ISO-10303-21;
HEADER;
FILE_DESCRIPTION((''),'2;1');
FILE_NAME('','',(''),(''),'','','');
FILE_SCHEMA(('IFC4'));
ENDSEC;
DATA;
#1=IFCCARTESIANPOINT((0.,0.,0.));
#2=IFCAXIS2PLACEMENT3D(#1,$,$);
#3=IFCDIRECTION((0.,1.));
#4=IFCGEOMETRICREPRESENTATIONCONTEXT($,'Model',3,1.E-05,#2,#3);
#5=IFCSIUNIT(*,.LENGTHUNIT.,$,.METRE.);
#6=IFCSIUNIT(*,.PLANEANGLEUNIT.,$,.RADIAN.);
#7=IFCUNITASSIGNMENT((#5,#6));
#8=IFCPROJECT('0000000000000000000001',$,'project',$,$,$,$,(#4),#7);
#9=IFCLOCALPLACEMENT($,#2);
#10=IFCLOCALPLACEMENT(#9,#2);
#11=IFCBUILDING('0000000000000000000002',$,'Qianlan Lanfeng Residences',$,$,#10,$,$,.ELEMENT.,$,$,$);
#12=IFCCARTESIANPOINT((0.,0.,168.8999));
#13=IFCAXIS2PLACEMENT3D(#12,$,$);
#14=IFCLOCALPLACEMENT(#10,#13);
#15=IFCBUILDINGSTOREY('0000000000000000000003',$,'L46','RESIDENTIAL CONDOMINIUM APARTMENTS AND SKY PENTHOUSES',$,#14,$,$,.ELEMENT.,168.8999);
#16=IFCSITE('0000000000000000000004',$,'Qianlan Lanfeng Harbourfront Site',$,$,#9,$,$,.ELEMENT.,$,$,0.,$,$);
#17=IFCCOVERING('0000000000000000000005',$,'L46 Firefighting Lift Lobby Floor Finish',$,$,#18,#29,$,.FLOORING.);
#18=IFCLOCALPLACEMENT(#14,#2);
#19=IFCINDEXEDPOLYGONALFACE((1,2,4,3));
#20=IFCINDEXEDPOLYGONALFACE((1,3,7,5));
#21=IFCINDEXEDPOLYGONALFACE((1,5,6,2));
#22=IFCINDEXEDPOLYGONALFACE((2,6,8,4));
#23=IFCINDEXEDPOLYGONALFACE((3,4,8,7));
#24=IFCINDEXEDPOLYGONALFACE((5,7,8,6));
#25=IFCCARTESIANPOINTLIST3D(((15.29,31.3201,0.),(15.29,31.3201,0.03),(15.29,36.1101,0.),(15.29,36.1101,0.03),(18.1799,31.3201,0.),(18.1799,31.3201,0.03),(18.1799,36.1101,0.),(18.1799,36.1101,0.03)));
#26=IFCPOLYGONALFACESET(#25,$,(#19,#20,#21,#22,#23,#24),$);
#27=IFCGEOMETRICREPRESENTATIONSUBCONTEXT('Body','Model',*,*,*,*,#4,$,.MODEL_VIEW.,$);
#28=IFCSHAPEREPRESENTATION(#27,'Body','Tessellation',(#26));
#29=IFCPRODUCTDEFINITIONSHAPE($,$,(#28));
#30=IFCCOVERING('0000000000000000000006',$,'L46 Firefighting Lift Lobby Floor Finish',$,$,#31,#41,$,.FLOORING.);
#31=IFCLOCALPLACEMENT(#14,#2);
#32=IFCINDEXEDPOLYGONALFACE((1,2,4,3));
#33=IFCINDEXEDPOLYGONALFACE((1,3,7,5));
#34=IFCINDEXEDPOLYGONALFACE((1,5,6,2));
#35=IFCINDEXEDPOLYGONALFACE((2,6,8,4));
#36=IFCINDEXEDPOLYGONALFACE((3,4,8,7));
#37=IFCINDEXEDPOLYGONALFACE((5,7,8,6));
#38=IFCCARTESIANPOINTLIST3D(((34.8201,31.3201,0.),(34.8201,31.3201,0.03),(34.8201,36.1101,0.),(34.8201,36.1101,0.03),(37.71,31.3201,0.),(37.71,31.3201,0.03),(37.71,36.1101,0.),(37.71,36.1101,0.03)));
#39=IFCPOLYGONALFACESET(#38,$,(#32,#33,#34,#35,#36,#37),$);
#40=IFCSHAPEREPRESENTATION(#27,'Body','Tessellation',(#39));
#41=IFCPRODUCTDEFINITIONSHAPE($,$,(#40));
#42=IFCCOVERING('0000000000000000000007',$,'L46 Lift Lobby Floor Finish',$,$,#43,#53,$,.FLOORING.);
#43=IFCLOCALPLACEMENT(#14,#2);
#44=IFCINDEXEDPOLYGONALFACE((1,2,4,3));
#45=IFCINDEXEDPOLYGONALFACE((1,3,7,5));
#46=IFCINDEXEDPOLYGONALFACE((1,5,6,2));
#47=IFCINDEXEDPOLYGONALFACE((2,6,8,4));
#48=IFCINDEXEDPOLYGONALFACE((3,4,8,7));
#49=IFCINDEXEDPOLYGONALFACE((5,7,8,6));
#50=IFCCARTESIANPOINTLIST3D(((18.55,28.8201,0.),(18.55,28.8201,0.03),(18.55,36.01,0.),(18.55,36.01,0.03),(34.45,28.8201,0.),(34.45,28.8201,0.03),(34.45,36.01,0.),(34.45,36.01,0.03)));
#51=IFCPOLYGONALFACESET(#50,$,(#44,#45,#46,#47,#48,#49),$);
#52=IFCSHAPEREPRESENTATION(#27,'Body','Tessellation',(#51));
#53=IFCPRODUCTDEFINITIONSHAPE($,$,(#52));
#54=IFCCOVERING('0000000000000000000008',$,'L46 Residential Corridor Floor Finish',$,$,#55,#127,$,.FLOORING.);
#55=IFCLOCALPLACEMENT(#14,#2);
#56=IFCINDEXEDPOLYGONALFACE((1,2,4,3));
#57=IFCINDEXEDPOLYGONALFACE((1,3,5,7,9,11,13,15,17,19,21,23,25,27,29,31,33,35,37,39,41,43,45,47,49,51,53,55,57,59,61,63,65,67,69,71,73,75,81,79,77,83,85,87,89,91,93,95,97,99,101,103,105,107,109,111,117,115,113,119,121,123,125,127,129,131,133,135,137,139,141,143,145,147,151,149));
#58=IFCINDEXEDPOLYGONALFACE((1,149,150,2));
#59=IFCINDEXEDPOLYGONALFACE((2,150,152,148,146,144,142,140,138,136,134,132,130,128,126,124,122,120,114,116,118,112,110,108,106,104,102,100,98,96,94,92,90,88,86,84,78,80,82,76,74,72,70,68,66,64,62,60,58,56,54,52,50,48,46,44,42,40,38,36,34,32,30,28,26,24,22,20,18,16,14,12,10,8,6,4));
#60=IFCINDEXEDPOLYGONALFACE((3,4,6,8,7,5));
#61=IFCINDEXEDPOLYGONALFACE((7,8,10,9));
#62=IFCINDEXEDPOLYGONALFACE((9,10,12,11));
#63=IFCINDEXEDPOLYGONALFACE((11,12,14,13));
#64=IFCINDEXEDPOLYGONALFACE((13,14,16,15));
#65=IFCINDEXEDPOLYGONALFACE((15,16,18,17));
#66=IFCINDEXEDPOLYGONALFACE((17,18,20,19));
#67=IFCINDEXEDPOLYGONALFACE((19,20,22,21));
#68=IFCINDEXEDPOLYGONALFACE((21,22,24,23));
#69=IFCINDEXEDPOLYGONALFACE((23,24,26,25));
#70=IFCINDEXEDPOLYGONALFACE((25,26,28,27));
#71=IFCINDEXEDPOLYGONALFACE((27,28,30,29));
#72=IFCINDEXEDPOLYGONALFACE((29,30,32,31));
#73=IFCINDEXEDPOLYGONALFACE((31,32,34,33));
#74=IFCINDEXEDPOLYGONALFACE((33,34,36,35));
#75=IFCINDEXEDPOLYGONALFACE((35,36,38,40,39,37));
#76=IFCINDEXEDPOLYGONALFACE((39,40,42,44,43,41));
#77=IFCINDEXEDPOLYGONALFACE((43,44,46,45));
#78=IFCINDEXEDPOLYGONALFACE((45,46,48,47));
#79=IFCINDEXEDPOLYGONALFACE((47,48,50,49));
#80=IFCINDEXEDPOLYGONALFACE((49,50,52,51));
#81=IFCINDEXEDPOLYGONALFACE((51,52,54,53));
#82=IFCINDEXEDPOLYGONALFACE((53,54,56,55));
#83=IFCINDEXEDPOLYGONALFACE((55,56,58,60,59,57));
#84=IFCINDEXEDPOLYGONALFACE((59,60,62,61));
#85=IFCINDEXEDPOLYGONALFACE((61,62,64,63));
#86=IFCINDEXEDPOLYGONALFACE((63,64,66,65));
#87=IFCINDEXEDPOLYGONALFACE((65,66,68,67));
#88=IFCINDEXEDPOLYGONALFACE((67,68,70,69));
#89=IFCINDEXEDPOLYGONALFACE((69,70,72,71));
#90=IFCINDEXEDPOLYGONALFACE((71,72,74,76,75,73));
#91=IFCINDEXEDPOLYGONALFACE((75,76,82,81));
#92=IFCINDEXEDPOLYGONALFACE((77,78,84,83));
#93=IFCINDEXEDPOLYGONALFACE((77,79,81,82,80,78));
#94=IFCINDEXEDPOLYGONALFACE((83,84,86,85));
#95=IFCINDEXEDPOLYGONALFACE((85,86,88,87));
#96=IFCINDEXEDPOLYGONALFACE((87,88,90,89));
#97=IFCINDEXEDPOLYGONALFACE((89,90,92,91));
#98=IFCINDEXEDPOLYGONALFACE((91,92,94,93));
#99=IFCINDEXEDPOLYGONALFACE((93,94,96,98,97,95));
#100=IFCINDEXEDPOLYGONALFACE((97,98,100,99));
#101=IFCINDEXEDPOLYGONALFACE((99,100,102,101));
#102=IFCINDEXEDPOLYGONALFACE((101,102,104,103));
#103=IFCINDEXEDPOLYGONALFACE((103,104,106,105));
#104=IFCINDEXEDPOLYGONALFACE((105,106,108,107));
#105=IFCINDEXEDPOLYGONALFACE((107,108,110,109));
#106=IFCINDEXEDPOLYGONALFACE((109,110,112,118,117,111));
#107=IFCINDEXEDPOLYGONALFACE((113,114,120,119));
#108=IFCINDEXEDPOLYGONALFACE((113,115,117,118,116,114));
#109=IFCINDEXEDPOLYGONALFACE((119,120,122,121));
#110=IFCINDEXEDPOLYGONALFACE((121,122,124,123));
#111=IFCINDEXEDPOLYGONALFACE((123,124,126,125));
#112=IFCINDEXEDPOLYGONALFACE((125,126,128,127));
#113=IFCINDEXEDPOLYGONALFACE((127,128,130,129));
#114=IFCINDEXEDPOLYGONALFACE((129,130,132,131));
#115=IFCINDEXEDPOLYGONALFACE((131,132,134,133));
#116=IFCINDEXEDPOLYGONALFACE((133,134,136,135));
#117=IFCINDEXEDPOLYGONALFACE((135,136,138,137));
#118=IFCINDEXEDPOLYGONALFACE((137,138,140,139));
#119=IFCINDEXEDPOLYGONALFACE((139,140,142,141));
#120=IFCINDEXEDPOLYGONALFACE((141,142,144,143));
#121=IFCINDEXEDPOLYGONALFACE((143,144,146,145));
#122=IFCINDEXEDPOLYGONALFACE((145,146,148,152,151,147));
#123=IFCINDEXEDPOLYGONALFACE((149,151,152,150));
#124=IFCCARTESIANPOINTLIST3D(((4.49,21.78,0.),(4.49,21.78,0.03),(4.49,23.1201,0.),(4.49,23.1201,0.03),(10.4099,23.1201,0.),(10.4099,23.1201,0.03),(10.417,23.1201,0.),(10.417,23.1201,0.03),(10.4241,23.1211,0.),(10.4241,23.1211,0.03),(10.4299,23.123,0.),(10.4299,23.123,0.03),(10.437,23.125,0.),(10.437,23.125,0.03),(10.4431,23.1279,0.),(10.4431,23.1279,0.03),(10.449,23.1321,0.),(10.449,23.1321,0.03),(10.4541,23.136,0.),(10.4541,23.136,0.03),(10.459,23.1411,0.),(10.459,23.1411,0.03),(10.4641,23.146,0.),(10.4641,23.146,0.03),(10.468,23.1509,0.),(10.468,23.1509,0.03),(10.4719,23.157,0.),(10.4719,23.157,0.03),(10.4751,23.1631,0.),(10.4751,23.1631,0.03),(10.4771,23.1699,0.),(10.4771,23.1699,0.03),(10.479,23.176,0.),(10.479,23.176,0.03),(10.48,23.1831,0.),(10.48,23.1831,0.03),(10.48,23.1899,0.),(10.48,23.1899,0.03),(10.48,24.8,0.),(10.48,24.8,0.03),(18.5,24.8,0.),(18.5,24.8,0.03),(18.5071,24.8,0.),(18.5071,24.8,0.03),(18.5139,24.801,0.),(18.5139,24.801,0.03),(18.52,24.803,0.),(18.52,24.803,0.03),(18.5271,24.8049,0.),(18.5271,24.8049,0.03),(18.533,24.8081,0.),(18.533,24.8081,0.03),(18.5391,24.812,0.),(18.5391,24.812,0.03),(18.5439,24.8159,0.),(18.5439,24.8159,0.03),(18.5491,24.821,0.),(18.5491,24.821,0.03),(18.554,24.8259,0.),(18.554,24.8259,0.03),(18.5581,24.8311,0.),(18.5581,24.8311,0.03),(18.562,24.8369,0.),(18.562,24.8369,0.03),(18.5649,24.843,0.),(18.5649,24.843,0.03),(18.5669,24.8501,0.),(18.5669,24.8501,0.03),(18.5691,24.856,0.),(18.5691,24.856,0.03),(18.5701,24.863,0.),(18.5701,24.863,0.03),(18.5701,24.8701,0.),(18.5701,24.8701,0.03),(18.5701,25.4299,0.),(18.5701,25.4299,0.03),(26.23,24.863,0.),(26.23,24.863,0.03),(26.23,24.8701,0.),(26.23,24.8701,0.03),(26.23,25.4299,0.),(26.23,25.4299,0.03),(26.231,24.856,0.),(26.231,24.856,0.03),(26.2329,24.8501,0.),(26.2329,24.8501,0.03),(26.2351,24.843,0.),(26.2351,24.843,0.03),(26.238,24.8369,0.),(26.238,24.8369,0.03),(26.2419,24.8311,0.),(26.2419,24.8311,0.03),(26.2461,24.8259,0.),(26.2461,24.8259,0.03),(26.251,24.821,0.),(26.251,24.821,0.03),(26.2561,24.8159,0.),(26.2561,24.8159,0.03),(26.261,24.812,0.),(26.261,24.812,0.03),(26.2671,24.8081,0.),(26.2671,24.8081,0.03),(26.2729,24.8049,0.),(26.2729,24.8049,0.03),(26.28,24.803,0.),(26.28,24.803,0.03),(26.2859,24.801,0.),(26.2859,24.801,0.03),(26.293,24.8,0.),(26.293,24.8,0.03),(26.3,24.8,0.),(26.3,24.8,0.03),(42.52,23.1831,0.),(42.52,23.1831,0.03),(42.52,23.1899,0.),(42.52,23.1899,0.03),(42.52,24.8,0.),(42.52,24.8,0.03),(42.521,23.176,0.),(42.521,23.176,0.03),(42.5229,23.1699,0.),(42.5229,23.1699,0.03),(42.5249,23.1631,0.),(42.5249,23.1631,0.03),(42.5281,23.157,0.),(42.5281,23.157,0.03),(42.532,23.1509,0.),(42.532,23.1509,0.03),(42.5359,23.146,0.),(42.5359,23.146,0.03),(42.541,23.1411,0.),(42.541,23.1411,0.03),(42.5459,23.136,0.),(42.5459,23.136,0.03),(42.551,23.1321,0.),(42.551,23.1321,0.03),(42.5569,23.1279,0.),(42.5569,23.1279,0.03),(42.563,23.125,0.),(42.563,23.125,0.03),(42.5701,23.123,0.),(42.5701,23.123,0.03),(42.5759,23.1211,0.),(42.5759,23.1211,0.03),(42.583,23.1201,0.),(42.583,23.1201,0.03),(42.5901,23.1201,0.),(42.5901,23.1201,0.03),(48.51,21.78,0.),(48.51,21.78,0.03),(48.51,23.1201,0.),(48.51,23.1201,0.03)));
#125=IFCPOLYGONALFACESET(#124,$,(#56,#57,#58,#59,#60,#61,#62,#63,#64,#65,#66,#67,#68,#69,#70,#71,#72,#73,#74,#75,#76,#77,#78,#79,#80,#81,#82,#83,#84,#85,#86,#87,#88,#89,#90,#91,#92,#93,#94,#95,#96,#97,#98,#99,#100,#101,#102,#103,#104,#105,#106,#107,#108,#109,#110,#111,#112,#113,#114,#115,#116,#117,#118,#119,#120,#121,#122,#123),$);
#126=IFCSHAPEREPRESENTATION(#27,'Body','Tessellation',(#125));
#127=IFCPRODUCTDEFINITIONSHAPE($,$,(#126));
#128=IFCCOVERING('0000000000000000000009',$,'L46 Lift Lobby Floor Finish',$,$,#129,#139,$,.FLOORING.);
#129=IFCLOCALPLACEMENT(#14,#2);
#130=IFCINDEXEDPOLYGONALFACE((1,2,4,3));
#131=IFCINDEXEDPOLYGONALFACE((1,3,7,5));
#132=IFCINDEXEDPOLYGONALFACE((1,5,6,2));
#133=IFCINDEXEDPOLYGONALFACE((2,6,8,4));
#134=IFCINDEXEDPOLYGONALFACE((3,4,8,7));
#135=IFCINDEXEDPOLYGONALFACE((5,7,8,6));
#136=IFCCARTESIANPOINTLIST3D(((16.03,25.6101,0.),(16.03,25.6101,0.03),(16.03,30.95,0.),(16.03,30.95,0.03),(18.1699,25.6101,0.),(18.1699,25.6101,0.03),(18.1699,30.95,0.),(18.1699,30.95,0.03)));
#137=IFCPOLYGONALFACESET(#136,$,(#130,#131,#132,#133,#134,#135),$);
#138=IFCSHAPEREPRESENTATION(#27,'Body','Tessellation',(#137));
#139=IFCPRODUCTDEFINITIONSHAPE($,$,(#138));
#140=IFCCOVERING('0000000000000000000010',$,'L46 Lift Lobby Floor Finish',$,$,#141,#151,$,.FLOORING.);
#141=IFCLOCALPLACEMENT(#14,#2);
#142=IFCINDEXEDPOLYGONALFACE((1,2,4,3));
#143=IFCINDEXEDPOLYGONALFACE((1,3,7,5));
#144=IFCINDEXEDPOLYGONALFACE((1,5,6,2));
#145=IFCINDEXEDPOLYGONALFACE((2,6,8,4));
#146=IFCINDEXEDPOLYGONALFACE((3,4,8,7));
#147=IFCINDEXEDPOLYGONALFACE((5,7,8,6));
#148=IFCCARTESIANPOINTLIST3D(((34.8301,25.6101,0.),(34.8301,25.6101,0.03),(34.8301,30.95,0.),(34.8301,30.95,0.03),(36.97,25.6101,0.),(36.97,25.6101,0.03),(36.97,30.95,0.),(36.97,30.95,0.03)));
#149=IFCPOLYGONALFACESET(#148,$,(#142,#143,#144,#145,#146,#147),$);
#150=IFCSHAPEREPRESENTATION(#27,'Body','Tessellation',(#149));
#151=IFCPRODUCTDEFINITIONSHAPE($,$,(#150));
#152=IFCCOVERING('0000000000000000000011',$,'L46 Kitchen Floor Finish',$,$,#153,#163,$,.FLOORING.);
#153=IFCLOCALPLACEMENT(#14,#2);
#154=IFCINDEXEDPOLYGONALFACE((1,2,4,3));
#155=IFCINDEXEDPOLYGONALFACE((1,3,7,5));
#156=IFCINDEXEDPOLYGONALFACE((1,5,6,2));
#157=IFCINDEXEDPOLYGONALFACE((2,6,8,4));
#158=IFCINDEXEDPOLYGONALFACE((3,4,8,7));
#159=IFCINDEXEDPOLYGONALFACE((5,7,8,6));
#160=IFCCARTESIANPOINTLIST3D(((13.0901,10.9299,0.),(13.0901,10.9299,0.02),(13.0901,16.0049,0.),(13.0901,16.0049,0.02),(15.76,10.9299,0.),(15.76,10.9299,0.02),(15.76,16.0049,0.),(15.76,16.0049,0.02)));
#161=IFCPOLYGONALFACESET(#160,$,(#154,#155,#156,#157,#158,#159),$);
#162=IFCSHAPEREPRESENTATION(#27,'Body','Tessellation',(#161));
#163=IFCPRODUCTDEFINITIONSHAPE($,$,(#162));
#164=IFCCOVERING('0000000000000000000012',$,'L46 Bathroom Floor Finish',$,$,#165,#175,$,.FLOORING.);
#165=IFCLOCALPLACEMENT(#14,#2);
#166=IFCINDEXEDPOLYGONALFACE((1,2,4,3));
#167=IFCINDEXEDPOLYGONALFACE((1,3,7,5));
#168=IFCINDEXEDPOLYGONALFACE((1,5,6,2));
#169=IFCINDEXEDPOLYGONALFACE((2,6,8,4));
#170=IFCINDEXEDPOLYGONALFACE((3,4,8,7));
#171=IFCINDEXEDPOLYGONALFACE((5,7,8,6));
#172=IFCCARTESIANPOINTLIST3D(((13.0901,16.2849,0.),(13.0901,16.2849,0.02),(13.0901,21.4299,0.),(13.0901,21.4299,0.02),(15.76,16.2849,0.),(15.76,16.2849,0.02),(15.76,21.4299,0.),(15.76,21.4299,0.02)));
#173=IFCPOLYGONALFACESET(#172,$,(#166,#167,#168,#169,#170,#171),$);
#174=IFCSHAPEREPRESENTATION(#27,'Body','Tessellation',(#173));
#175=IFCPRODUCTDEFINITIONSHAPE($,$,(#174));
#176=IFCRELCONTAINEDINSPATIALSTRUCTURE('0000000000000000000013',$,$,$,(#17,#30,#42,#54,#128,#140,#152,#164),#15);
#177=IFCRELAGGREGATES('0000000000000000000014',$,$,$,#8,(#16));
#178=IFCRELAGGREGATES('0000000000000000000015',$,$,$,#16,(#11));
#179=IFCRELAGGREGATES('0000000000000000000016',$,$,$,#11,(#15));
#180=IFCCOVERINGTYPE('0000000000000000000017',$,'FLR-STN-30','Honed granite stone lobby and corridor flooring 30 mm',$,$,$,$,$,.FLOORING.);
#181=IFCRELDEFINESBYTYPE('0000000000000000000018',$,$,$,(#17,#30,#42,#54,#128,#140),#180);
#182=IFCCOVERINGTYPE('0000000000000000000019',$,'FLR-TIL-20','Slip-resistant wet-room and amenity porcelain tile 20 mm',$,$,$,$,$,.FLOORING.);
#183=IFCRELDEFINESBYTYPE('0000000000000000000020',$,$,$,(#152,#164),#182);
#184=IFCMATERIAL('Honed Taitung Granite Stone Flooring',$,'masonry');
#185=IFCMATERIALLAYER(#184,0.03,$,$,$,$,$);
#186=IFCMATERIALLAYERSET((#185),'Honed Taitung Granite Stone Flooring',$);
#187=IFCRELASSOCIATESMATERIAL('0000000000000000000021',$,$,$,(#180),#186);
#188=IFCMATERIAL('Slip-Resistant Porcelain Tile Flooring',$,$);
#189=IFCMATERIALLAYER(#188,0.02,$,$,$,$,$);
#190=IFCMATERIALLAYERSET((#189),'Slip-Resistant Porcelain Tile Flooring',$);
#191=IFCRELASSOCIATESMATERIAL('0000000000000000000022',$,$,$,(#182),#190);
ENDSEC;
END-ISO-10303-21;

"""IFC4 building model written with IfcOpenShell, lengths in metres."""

from ifc_helpers import new_model, si_unit, direction, frame, origin, place, context, subcontext, project, spatial, polyline, outline, extrude, material, layer, layer_set, type_object, element, save


model = new_model("IFC4")

# Units and contexts
model_context = context("Model", 3, precision=1e-05, world=origin(), true_north=direction((0.0, 1.0)))
body_context = subcontext(model_context, "Body", "Model", "MODEL_VIEW")
ifc_project = project(units=[si_unit("LENGTHUNIT", "METRE"), si_unit("PLANEANGLEUNIT", "RADIAN")], contexts=[model_context])

# Site, building, storey
site_placement = place(None, origin())
site = spatial("IfcSite", under=ifc_project, at=site_placement, Name="Qianlan Lanfeng Harbourfront Site", CompositionType="ELEMENT", RefElevation=0.0)
building_placement = place(site_placement, origin())
building = spatial("IfcBuilding", under=site, at=building_placement, Name="Qianlan Lanfeng Residences", CompositionType="ELEMENT")
storey_placement = place(building_placement, frame((0.0, 0.0, 168.8999)))
storey = spatial("IfcBuildingStorey", under=building, at=storey_placement, Name="L46", Description="RESIDENTIAL CONDOMINIUM APARTMENTS AND SKY PENTHOUSES", CompositionType="ELEMENT", Elevation=168.8999)

# Coverings
ifc_material_1 = material(Name="Honed Taitung Granite Stone Flooring", Category="masonry")
ifc_layer_1 = layer(ifc_material_1, 0.03)
ifc_layer_set_1 = layer_set([ifc_layer_1], Name="Honed Taitung Granite Stone Flooring")
covering_type_1 = type_object("IfcCoveringType", Name="FLR-STN-30", Description="Honed granite stone lobby and corridor flooring 30 mm", PredefinedType="FLOORING", material=ifc_layer_set_1)
covering_1_placement = place(storey_placement, origin())
element("IfcCovering", 1, at=covering_1_placement, inside=storey, type_object=covering_type_1, Name="L46 Firefighting Lift Lobby Floor Finish", PredefinedType="FLOORING", context=body_context, shape_type="SweptSolid", body=[
    extrude(outline(polyline([(15.29, 31.3201), (18.1799, 31.3201), (18.1799, 36.1101), (15.29, 36.1101), (15.29, 31.3201)])), origin(), (0.0, 0.0, 1.0), 0.03),
])
covering_2_placement = place(storey_placement, origin())
element("IfcCovering", 2, at=covering_2_placement, inside=storey, type_object=covering_type_1, Name="L46 Firefighting Lift Lobby Floor Finish", PredefinedType="FLOORING", context=body_context, shape_type="SweptSolid", body=[
    extrude(outline(polyline([(34.8201, 31.3201), (37.71, 31.3201), (37.71, 36.1101), (34.8201, 36.1101), (34.8201, 31.3201)])), origin(), (0.0, 0.0, 1.0), 0.03),
])
covering_3_placement = place(storey_placement, origin())
element("IfcCovering", 3, at=covering_3_placement, inside=storey, type_object=covering_type_1, Name="L46 Lift Lobby Floor Finish", PredefinedType="FLOORING", context=body_context, shape_type="SweptSolid", body=[
    extrude(outline(polyline([(18.55, 28.8201), (34.45, 28.8201), (34.45, 36.01), (18.55, 36.01), (18.55, 28.8201)])), origin(), (0.0, 0.0, 1.0), 0.03),
])
covering_4_placement = place(storey_placement, origin())
element("IfcCovering", 4, at=covering_4_placement, inside=storey, type_object=covering_type_1, Name="L46 Residential Corridor Floor Finish", PredefinedType="FLOORING", context=body_context, shape_type="SweptSolid", body=[
    extrude(outline(polyline([(4.49, 21.78), (48.51, 21.78), (48.51, 23.1201), (42.5901, 23.1201), (42.583, 23.1201), (42.5759, 23.1211), (42.5701, 23.123), (42.563, 23.125), (42.5569, 23.1279), (42.551, 23.1321), (42.5459, 23.136), (42.541, 23.1411), (42.5359, 23.146), (42.532, 23.1509), (42.5281, 23.157), (42.5249, 23.1631), (42.5229, 23.1699), (42.521, 23.176), (42.52, 23.1831), (42.52, 23.1899), (42.52, 24.8), (26.3, 24.8), (26.293, 24.8), (26.2859, 24.801), (26.28, 24.803), (26.2729, 24.8049), (26.2671, 24.8081), (26.261, 24.812), (26.2561, 24.8159), (26.251, 24.821), (26.2461, 24.8259), (26.2419, 24.8311), (26.238, 24.8369), (26.2351, 24.843), (26.2329, 24.8501), (26.231, 24.856), (26.23, 24.863), (26.23, 24.8701), (26.23, 25.4299), (18.5701, 25.4299), (18.5701, 24.8701), (18.5701, 24.863), (18.5691, 24.856), (18.5669, 24.8501), (18.5649, 24.843), (18.562, 24.8369), (18.5581, 24.8311), (18.554, 24.8259), (18.5491, 24.821), (18.5439, 24.8159), (18.5391, 24.812), (18.533, 24.8081), (18.5271, 24.8049), (18.52, 24.803), (18.5139, 24.801), (18.5071, 24.8), (18.5, 24.8), (10.48, 24.8), (10.48, 23.1899), (10.48, 23.1831), (10.479, 23.176), (10.4771, 23.1699), (10.4751, 23.1631), (10.4719, 23.157), (10.468, 23.1509), (10.4641, 23.146), (10.459, 23.1411), (10.4541, 23.136), (10.449, 23.1321), (10.4431, 23.1279), (10.437, 23.125), (10.4299, 23.123), (10.4241, 23.1211), (10.417, 23.1201), (10.4099, 23.1201), (4.49, 23.1201), (4.49, 21.78)])), origin(), (0.0, 0.0, 1.0), 0.03),
])
covering_5_placement = place(storey_placement, origin())
element("IfcCovering", 5, at=covering_5_placement, inside=storey, type_object=covering_type_1, Name="L46 Lift Lobby Floor Finish", PredefinedType="FLOORING", context=body_context, shape_type="SweptSolid", body=[
    extrude(outline(polyline([(16.03, 25.6101), (18.1699, 25.6101), (18.1699, 30.95), (16.03, 30.95), (16.03, 25.6101)])), origin(), (0.0, 0.0, 1.0), 0.03),
])
covering_6_placement = place(storey_placement, origin())
element("IfcCovering", 6, at=covering_6_placement, inside=storey, type_object=covering_type_1, Name="L46 Lift Lobby Floor Finish", PredefinedType="FLOORING", context=body_context, shape_type="SweptSolid", body=[
    extrude(outline(polyline([(34.8301, 25.6101), (36.97, 25.6101), (36.97, 30.95), (34.8301, 30.95), (34.8301, 25.6101)])), origin(), (0.0, 0.0, 1.0), 0.03),
])
ifc_material_2 = material(Name="Slip-Resistant Porcelain Tile Flooring")
ifc_layer_2 = layer(ifc_material_2, 0.02)
ifc_layer_set_2 = layer_set([ifc_layer_2], Name="Slip-Resistant Porcelain Tile Flooring")
covering_type_2 = type_object("IfcCoveringType", Name="FLR-TIL-20", Description="Slip-resistant wet-room and amenity porcelain tile 20 mm", PredefinedType="FLOORING", material=ifc_layer_set_2)
covering_7_placement = place(storey_placement, origin())
element("IfcCovering", 7, at=covering_7_placement, inside=storey, type_object=covering_type_2, Name="L46 Kitchen Floor Finish", PredefinedType="FLOORING", context=body_context, shape_type="SweptSolid", body=[
    extrude(outline(polyline([(13.0901, 10.9299), (15.76, 10.9299), (15.76, 16.0049), (13.0901, 16.0049), (13.0901, 10.9299)])), origin(), (0.0, 0.0, 1.0), 0.02),
])
covering_8_placement = place(storey_placement, origin())
element("IfcCovering", 8, at=covering_8_placement, inside=storey, type_object=covering_type_2, Name="L46 Bathroom Floor Finish", PredefinedType="FLOORING", context=body_context, shape_type="SweptSolid", body=[
    extrude(outline(polyline([(13.0901, 16.2849), (15.76, 16.2849), (15.76, 21.4299), (13.0901, 21.4299), (13.0901, 16.2849)])), origin(), (0.0, 0.0, 1.0), 0.02),
])

save(model, "model.ifc")
